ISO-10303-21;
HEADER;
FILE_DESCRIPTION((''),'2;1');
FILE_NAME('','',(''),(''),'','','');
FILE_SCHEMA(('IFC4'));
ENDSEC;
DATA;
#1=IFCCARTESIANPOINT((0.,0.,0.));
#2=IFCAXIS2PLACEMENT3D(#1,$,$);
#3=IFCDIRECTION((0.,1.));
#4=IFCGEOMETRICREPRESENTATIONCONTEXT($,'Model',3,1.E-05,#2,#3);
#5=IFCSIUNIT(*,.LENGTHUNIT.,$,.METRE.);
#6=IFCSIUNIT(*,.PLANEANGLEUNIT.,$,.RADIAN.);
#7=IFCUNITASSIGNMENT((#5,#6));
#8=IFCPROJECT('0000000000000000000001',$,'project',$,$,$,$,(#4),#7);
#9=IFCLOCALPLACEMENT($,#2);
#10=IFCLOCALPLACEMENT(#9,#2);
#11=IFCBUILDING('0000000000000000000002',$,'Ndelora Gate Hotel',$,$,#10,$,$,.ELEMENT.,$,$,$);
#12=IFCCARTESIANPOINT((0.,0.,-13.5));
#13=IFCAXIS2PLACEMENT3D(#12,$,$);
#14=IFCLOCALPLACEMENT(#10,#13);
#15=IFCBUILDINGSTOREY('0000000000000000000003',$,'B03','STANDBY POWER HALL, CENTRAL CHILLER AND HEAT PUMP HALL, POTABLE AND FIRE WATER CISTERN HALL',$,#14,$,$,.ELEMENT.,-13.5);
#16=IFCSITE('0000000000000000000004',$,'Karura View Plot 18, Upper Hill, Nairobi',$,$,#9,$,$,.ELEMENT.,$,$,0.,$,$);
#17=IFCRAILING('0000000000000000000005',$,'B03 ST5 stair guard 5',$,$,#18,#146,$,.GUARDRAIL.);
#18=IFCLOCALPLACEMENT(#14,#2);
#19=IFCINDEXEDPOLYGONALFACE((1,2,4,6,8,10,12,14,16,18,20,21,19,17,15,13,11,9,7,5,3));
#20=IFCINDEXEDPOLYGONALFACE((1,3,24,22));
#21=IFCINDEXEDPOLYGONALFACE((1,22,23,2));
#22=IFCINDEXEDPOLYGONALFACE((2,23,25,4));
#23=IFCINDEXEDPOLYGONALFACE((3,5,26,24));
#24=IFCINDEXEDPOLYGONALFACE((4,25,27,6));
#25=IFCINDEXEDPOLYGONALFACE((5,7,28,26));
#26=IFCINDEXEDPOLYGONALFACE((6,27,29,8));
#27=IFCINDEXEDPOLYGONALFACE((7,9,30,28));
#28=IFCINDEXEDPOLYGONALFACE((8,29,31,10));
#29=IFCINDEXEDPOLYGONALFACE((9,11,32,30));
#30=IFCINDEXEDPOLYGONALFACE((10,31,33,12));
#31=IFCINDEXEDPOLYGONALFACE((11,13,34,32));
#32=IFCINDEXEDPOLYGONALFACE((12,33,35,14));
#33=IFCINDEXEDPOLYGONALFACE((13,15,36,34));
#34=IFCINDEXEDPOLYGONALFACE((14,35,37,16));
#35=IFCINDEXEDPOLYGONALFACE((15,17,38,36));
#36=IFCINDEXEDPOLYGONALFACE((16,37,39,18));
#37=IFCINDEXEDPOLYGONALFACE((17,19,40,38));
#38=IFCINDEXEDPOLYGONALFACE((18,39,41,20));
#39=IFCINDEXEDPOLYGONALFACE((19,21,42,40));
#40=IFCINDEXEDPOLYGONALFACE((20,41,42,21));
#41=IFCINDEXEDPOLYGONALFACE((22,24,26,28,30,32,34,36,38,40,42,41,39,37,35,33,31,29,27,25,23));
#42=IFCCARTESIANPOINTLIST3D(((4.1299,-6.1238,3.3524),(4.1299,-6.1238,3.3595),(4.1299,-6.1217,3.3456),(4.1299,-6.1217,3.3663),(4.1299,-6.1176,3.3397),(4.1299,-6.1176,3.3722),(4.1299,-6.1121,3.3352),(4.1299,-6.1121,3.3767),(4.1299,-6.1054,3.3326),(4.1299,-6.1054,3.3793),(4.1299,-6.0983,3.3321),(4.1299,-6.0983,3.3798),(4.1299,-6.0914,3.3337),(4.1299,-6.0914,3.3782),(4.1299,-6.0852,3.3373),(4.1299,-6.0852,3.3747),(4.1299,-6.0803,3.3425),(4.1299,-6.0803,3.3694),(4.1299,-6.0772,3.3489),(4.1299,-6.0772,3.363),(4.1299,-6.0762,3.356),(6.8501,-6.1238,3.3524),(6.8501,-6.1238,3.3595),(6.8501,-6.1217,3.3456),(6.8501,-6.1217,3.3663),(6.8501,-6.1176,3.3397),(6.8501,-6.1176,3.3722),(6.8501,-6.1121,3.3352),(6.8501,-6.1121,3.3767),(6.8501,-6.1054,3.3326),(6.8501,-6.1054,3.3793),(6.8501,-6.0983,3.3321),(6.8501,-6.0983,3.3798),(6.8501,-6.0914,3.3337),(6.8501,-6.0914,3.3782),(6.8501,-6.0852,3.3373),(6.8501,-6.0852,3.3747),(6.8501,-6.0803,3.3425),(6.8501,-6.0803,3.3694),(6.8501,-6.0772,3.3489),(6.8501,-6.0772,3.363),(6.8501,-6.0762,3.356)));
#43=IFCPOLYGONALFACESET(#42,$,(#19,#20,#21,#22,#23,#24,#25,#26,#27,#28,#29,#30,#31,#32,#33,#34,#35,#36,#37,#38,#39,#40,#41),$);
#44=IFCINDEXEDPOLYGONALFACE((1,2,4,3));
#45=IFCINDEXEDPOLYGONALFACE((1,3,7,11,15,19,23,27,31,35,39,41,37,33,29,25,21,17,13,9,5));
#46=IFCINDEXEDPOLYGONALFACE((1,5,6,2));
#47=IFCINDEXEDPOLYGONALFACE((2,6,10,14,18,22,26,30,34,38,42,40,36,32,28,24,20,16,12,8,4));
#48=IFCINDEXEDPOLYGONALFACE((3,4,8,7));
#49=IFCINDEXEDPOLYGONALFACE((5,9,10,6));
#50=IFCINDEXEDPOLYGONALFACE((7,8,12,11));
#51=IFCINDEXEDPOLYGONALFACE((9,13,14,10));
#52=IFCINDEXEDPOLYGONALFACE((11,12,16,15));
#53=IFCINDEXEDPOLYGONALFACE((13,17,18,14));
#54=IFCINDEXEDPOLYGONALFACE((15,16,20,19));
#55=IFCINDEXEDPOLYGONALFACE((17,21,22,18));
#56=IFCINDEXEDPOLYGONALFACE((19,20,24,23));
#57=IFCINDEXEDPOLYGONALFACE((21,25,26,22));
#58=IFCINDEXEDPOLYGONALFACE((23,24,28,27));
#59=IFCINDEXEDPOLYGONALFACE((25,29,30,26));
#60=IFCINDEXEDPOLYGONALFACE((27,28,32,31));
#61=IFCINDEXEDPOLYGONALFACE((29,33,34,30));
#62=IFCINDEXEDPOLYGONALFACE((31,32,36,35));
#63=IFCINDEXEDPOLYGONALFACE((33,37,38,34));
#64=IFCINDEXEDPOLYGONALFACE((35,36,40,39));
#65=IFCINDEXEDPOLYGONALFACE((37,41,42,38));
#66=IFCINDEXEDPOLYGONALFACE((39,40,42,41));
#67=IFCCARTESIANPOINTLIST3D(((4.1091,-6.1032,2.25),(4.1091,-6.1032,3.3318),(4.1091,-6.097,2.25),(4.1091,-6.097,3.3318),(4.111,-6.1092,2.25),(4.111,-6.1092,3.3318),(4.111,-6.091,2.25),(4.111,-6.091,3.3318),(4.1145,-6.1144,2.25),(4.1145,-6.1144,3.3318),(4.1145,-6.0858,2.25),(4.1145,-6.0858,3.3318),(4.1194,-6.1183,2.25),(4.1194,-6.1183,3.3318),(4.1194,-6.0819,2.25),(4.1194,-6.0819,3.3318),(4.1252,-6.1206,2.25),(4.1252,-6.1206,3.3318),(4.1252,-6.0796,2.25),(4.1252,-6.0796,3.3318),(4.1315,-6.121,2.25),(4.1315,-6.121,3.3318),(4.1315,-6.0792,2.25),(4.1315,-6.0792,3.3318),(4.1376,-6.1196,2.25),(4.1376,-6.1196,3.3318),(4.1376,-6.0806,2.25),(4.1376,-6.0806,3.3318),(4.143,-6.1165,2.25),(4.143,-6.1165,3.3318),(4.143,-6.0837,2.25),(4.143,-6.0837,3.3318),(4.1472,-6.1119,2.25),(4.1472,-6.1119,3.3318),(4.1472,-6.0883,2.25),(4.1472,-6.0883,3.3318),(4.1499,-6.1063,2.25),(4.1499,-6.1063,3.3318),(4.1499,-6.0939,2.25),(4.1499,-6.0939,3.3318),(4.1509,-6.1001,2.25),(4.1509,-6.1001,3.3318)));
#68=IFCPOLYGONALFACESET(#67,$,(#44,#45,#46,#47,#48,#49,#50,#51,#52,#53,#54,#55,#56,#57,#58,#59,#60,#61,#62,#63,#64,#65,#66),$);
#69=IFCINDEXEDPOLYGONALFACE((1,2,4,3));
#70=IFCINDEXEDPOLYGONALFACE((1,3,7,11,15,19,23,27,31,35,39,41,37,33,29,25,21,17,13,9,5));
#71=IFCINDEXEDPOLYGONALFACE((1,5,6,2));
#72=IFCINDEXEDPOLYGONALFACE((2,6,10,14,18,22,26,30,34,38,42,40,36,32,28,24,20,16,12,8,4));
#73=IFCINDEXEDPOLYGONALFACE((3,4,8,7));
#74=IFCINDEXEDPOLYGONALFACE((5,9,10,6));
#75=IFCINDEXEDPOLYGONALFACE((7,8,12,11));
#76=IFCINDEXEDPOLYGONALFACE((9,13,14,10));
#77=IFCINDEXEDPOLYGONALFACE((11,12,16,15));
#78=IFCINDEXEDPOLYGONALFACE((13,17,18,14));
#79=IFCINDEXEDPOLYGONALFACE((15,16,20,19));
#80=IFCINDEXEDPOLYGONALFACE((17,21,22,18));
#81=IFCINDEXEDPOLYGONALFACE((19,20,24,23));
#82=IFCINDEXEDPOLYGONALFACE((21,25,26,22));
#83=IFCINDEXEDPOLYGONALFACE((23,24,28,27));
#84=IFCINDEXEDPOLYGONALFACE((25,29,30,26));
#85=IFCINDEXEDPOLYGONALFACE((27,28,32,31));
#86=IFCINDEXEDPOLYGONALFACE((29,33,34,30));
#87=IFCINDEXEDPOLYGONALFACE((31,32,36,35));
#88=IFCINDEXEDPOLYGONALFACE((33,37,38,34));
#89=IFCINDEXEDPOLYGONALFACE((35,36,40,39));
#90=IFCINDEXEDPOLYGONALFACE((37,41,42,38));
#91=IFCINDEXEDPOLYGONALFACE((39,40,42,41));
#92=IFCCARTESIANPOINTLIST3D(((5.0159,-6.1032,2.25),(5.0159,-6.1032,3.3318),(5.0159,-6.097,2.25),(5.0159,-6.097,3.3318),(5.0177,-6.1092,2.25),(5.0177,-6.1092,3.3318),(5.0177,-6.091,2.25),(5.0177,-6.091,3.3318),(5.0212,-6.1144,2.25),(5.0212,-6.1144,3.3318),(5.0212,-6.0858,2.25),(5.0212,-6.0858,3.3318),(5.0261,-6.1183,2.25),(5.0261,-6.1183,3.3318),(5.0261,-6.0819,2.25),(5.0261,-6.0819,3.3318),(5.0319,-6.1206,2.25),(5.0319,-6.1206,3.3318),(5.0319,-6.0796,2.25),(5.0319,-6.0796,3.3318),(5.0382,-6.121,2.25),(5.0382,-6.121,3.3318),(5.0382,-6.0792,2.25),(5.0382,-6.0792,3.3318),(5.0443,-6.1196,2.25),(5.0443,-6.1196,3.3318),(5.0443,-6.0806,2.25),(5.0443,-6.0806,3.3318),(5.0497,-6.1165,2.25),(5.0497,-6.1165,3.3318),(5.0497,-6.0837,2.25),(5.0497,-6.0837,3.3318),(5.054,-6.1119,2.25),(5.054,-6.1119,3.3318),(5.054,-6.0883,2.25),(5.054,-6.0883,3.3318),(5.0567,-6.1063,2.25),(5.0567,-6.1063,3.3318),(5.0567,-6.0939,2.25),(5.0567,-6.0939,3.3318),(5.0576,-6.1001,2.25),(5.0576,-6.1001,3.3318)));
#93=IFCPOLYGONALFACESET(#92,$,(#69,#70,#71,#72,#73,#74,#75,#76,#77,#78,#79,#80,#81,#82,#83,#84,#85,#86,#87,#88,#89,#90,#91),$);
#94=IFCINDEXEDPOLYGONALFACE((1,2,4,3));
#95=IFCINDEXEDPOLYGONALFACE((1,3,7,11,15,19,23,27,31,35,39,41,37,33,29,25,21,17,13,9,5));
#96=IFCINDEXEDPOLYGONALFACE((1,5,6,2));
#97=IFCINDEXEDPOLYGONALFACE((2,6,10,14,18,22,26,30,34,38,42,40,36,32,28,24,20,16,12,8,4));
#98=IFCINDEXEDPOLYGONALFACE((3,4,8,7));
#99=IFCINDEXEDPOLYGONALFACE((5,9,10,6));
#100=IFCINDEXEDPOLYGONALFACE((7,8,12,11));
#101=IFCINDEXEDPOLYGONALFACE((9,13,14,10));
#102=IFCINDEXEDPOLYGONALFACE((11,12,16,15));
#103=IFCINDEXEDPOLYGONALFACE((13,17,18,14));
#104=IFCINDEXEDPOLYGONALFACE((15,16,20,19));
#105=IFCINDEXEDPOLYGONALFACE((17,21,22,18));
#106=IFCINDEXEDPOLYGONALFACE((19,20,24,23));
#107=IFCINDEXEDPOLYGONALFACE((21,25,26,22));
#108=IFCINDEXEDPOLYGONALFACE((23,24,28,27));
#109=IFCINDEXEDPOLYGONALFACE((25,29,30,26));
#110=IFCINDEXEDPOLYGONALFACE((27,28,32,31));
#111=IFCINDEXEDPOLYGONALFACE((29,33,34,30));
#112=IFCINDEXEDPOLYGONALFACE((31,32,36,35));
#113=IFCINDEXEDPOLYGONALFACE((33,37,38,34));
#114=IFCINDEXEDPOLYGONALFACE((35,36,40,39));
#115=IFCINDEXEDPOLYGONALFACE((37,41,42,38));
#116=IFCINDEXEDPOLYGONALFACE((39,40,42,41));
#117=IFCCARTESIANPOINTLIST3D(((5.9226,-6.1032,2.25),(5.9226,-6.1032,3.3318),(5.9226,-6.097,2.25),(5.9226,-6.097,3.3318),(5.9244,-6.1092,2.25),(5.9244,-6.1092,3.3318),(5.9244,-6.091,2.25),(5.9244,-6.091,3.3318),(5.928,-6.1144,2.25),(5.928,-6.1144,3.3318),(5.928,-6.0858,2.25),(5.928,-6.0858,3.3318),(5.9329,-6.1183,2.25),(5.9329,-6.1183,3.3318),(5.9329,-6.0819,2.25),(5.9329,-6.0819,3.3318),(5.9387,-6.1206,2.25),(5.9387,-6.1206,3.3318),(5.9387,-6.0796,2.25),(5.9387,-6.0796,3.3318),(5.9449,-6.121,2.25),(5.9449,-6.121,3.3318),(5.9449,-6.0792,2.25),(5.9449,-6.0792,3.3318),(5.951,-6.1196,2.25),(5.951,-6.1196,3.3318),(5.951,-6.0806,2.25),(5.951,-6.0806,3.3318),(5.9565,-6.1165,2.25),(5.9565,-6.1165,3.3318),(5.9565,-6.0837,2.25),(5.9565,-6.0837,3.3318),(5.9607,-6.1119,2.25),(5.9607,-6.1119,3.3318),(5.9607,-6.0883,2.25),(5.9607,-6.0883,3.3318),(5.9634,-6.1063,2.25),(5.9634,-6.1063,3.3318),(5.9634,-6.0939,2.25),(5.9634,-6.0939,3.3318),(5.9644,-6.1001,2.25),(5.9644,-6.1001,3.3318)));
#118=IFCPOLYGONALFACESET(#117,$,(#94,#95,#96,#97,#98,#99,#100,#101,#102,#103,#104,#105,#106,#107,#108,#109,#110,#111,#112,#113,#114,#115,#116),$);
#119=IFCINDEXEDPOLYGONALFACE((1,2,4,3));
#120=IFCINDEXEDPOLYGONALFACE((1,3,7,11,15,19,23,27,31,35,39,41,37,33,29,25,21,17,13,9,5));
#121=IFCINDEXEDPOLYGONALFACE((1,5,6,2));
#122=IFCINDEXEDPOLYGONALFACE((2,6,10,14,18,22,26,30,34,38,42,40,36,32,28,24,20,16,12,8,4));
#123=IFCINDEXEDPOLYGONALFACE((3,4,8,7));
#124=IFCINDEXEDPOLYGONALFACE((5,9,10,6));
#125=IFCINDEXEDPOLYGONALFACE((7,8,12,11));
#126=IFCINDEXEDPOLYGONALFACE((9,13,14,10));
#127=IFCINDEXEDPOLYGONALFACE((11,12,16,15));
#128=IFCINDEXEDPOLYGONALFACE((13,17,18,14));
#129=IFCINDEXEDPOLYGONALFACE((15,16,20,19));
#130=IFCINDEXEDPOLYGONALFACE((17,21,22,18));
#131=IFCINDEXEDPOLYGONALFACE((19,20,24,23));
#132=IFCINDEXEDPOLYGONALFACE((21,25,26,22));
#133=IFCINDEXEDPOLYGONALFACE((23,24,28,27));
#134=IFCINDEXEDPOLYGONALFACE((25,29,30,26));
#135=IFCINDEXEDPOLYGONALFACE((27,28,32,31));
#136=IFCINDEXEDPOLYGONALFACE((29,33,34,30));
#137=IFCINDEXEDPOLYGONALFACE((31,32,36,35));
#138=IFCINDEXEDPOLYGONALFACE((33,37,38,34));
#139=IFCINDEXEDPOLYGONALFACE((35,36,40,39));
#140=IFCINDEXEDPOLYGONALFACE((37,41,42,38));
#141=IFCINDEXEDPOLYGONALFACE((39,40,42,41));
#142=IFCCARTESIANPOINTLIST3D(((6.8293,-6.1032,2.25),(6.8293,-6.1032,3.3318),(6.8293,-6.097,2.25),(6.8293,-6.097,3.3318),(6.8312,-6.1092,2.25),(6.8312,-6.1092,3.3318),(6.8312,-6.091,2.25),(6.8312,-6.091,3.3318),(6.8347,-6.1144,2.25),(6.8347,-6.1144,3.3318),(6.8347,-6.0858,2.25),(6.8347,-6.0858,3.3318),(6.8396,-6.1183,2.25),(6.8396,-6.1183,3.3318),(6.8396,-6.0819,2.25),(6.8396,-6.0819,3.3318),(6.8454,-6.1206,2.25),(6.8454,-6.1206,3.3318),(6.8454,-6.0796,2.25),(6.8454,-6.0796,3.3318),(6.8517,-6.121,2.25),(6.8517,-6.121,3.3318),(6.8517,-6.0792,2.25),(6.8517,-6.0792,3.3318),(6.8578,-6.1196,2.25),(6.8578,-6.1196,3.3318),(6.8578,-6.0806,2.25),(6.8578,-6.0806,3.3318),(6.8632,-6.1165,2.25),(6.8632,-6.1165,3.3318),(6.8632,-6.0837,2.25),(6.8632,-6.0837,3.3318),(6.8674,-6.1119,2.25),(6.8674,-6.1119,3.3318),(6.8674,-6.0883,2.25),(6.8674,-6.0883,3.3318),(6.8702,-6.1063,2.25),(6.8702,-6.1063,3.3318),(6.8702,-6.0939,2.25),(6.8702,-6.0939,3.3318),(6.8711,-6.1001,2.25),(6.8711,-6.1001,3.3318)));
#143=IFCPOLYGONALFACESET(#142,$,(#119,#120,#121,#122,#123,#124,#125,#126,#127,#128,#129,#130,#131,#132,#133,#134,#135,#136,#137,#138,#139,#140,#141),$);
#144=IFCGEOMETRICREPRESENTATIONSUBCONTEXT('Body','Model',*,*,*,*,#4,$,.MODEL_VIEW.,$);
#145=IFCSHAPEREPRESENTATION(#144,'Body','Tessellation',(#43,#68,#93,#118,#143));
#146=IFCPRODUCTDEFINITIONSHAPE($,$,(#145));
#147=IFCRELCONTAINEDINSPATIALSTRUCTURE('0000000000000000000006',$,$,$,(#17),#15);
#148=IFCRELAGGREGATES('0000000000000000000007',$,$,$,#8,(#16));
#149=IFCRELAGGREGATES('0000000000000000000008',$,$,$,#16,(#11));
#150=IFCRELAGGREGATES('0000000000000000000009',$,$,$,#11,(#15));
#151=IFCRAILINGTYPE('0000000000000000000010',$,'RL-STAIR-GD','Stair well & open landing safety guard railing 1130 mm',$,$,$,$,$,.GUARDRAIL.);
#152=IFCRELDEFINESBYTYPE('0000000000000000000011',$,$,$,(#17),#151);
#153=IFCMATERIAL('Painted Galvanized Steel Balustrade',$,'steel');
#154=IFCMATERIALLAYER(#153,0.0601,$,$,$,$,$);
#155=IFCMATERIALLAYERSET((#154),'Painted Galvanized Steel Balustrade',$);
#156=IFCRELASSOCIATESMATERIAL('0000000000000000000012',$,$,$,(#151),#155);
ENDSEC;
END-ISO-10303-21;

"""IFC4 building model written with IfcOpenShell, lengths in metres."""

from ifc_helpers import new_model, si_unit, direction, frame, origin, origin_2d, place, context, subcontext, project, spatial, circle, extrude, material, layer, layer_set, type_object, element, save


model = new_model("IFC4")

# Units and contexts
model_context = context("Model", 3, precision=1e-05, world=origin(), true_north=direction((0.0, 1.0)))
body_context = subcontext(model_context, "Body", "Model", "MODEL_VIEW")
ifc_project = project(units=[si_unit("LENGTHUNIT", "METRE"), si_unit("PLANEANGLEUNIT", "RADIAN")], contexts=[model_context])

# Site, building, storey
site_placement = place(None, origin())
site = spatial("IfcSite", under=ifc_project, at=site_placement, Name="Karura View Plot 18, Upper Hill, Nairobi", CompositionType="ELEMENT", RefElevation=0.0)
building_placement = place(site_placement, origin())
building = spatial("IfcBuilding", under=site, at=building_placement, Name="Ndelora Gate Hotel", CompositionType="ELEMENT")
storey_placement = place(building_placement, frame((0.0, 0.0, -13.5)))
storey = spatial("IfcBuildingStorey", under=building, at=storey_placement, Name="B03", Description="STANDBY POWER HALL, CENTRAL CHILLER AND HEAT PUMP HALL, POTABLE AND FIRE WATER CISTERN HALL", CompositionType="ELEMENT", Elevation=-13.5)

# Railing
ifc_material_1 = material(Name="Painted Galvanized Steel Balustrade", Category="steel")
ifc_layer_1 = layer(ifc_material_1, 0.0601)
ifc_layer_set_1 = layer_set([ifc_layer_1], Name="Painted Galvanized Steel Balustrade")
railing_type_1 = type_object("IfcRailingType", Name="RL-STAIR-GD", Description="Stair well & open landing safety guard railing 1130 mm", PredefinedType="GUARDRAIL", material=ifc_layer_set_1)
railing_1_placement = place(storey_placement, frame((4.1299, -6.1001, 2.25)))
element("IfcRailing", 1, at=railing_1_placement, inside=storey, type_object=railing_type_1, Name="B03 ST5 stair guard 5", PredefinedType="GUARDRAIL", context=body_context, shape_type="SweptSolid", body=[
    extrude(circle(Radius=0.0239, at=origin_2d()), frame((0.0, 0.0, 1.106), z_axis=(1.0, 0.0, 0.0), x_axis=(0.0, 1.0, 0.0)), (0.0, 0.0, 1.0), 2.7202),
    extrude(circle(Radius=0.021, at=origin_2d()), origin(), (0.0, 0.0, 1.0), 1.0818),
    extrude(circle(Radius=0.021, at=origin_2d()), frame((0.9067, 0.0, 0.0)), (0.0, 0.0, 1.0), 1.0818),
    extrude(circle(Radius=0.021, at=origin_2d()), frame((1.8135, 0.0, 0.0)), (0.0, 0.0, 1.0), 1.0818),
    extrude(circle(Radius=0.021, at=origin_2d()), frame((2.7202, 0.0, 0.0)), (0.0, 0.0, 1.0), 1.0818),
])

save(model, "model.ifc")
